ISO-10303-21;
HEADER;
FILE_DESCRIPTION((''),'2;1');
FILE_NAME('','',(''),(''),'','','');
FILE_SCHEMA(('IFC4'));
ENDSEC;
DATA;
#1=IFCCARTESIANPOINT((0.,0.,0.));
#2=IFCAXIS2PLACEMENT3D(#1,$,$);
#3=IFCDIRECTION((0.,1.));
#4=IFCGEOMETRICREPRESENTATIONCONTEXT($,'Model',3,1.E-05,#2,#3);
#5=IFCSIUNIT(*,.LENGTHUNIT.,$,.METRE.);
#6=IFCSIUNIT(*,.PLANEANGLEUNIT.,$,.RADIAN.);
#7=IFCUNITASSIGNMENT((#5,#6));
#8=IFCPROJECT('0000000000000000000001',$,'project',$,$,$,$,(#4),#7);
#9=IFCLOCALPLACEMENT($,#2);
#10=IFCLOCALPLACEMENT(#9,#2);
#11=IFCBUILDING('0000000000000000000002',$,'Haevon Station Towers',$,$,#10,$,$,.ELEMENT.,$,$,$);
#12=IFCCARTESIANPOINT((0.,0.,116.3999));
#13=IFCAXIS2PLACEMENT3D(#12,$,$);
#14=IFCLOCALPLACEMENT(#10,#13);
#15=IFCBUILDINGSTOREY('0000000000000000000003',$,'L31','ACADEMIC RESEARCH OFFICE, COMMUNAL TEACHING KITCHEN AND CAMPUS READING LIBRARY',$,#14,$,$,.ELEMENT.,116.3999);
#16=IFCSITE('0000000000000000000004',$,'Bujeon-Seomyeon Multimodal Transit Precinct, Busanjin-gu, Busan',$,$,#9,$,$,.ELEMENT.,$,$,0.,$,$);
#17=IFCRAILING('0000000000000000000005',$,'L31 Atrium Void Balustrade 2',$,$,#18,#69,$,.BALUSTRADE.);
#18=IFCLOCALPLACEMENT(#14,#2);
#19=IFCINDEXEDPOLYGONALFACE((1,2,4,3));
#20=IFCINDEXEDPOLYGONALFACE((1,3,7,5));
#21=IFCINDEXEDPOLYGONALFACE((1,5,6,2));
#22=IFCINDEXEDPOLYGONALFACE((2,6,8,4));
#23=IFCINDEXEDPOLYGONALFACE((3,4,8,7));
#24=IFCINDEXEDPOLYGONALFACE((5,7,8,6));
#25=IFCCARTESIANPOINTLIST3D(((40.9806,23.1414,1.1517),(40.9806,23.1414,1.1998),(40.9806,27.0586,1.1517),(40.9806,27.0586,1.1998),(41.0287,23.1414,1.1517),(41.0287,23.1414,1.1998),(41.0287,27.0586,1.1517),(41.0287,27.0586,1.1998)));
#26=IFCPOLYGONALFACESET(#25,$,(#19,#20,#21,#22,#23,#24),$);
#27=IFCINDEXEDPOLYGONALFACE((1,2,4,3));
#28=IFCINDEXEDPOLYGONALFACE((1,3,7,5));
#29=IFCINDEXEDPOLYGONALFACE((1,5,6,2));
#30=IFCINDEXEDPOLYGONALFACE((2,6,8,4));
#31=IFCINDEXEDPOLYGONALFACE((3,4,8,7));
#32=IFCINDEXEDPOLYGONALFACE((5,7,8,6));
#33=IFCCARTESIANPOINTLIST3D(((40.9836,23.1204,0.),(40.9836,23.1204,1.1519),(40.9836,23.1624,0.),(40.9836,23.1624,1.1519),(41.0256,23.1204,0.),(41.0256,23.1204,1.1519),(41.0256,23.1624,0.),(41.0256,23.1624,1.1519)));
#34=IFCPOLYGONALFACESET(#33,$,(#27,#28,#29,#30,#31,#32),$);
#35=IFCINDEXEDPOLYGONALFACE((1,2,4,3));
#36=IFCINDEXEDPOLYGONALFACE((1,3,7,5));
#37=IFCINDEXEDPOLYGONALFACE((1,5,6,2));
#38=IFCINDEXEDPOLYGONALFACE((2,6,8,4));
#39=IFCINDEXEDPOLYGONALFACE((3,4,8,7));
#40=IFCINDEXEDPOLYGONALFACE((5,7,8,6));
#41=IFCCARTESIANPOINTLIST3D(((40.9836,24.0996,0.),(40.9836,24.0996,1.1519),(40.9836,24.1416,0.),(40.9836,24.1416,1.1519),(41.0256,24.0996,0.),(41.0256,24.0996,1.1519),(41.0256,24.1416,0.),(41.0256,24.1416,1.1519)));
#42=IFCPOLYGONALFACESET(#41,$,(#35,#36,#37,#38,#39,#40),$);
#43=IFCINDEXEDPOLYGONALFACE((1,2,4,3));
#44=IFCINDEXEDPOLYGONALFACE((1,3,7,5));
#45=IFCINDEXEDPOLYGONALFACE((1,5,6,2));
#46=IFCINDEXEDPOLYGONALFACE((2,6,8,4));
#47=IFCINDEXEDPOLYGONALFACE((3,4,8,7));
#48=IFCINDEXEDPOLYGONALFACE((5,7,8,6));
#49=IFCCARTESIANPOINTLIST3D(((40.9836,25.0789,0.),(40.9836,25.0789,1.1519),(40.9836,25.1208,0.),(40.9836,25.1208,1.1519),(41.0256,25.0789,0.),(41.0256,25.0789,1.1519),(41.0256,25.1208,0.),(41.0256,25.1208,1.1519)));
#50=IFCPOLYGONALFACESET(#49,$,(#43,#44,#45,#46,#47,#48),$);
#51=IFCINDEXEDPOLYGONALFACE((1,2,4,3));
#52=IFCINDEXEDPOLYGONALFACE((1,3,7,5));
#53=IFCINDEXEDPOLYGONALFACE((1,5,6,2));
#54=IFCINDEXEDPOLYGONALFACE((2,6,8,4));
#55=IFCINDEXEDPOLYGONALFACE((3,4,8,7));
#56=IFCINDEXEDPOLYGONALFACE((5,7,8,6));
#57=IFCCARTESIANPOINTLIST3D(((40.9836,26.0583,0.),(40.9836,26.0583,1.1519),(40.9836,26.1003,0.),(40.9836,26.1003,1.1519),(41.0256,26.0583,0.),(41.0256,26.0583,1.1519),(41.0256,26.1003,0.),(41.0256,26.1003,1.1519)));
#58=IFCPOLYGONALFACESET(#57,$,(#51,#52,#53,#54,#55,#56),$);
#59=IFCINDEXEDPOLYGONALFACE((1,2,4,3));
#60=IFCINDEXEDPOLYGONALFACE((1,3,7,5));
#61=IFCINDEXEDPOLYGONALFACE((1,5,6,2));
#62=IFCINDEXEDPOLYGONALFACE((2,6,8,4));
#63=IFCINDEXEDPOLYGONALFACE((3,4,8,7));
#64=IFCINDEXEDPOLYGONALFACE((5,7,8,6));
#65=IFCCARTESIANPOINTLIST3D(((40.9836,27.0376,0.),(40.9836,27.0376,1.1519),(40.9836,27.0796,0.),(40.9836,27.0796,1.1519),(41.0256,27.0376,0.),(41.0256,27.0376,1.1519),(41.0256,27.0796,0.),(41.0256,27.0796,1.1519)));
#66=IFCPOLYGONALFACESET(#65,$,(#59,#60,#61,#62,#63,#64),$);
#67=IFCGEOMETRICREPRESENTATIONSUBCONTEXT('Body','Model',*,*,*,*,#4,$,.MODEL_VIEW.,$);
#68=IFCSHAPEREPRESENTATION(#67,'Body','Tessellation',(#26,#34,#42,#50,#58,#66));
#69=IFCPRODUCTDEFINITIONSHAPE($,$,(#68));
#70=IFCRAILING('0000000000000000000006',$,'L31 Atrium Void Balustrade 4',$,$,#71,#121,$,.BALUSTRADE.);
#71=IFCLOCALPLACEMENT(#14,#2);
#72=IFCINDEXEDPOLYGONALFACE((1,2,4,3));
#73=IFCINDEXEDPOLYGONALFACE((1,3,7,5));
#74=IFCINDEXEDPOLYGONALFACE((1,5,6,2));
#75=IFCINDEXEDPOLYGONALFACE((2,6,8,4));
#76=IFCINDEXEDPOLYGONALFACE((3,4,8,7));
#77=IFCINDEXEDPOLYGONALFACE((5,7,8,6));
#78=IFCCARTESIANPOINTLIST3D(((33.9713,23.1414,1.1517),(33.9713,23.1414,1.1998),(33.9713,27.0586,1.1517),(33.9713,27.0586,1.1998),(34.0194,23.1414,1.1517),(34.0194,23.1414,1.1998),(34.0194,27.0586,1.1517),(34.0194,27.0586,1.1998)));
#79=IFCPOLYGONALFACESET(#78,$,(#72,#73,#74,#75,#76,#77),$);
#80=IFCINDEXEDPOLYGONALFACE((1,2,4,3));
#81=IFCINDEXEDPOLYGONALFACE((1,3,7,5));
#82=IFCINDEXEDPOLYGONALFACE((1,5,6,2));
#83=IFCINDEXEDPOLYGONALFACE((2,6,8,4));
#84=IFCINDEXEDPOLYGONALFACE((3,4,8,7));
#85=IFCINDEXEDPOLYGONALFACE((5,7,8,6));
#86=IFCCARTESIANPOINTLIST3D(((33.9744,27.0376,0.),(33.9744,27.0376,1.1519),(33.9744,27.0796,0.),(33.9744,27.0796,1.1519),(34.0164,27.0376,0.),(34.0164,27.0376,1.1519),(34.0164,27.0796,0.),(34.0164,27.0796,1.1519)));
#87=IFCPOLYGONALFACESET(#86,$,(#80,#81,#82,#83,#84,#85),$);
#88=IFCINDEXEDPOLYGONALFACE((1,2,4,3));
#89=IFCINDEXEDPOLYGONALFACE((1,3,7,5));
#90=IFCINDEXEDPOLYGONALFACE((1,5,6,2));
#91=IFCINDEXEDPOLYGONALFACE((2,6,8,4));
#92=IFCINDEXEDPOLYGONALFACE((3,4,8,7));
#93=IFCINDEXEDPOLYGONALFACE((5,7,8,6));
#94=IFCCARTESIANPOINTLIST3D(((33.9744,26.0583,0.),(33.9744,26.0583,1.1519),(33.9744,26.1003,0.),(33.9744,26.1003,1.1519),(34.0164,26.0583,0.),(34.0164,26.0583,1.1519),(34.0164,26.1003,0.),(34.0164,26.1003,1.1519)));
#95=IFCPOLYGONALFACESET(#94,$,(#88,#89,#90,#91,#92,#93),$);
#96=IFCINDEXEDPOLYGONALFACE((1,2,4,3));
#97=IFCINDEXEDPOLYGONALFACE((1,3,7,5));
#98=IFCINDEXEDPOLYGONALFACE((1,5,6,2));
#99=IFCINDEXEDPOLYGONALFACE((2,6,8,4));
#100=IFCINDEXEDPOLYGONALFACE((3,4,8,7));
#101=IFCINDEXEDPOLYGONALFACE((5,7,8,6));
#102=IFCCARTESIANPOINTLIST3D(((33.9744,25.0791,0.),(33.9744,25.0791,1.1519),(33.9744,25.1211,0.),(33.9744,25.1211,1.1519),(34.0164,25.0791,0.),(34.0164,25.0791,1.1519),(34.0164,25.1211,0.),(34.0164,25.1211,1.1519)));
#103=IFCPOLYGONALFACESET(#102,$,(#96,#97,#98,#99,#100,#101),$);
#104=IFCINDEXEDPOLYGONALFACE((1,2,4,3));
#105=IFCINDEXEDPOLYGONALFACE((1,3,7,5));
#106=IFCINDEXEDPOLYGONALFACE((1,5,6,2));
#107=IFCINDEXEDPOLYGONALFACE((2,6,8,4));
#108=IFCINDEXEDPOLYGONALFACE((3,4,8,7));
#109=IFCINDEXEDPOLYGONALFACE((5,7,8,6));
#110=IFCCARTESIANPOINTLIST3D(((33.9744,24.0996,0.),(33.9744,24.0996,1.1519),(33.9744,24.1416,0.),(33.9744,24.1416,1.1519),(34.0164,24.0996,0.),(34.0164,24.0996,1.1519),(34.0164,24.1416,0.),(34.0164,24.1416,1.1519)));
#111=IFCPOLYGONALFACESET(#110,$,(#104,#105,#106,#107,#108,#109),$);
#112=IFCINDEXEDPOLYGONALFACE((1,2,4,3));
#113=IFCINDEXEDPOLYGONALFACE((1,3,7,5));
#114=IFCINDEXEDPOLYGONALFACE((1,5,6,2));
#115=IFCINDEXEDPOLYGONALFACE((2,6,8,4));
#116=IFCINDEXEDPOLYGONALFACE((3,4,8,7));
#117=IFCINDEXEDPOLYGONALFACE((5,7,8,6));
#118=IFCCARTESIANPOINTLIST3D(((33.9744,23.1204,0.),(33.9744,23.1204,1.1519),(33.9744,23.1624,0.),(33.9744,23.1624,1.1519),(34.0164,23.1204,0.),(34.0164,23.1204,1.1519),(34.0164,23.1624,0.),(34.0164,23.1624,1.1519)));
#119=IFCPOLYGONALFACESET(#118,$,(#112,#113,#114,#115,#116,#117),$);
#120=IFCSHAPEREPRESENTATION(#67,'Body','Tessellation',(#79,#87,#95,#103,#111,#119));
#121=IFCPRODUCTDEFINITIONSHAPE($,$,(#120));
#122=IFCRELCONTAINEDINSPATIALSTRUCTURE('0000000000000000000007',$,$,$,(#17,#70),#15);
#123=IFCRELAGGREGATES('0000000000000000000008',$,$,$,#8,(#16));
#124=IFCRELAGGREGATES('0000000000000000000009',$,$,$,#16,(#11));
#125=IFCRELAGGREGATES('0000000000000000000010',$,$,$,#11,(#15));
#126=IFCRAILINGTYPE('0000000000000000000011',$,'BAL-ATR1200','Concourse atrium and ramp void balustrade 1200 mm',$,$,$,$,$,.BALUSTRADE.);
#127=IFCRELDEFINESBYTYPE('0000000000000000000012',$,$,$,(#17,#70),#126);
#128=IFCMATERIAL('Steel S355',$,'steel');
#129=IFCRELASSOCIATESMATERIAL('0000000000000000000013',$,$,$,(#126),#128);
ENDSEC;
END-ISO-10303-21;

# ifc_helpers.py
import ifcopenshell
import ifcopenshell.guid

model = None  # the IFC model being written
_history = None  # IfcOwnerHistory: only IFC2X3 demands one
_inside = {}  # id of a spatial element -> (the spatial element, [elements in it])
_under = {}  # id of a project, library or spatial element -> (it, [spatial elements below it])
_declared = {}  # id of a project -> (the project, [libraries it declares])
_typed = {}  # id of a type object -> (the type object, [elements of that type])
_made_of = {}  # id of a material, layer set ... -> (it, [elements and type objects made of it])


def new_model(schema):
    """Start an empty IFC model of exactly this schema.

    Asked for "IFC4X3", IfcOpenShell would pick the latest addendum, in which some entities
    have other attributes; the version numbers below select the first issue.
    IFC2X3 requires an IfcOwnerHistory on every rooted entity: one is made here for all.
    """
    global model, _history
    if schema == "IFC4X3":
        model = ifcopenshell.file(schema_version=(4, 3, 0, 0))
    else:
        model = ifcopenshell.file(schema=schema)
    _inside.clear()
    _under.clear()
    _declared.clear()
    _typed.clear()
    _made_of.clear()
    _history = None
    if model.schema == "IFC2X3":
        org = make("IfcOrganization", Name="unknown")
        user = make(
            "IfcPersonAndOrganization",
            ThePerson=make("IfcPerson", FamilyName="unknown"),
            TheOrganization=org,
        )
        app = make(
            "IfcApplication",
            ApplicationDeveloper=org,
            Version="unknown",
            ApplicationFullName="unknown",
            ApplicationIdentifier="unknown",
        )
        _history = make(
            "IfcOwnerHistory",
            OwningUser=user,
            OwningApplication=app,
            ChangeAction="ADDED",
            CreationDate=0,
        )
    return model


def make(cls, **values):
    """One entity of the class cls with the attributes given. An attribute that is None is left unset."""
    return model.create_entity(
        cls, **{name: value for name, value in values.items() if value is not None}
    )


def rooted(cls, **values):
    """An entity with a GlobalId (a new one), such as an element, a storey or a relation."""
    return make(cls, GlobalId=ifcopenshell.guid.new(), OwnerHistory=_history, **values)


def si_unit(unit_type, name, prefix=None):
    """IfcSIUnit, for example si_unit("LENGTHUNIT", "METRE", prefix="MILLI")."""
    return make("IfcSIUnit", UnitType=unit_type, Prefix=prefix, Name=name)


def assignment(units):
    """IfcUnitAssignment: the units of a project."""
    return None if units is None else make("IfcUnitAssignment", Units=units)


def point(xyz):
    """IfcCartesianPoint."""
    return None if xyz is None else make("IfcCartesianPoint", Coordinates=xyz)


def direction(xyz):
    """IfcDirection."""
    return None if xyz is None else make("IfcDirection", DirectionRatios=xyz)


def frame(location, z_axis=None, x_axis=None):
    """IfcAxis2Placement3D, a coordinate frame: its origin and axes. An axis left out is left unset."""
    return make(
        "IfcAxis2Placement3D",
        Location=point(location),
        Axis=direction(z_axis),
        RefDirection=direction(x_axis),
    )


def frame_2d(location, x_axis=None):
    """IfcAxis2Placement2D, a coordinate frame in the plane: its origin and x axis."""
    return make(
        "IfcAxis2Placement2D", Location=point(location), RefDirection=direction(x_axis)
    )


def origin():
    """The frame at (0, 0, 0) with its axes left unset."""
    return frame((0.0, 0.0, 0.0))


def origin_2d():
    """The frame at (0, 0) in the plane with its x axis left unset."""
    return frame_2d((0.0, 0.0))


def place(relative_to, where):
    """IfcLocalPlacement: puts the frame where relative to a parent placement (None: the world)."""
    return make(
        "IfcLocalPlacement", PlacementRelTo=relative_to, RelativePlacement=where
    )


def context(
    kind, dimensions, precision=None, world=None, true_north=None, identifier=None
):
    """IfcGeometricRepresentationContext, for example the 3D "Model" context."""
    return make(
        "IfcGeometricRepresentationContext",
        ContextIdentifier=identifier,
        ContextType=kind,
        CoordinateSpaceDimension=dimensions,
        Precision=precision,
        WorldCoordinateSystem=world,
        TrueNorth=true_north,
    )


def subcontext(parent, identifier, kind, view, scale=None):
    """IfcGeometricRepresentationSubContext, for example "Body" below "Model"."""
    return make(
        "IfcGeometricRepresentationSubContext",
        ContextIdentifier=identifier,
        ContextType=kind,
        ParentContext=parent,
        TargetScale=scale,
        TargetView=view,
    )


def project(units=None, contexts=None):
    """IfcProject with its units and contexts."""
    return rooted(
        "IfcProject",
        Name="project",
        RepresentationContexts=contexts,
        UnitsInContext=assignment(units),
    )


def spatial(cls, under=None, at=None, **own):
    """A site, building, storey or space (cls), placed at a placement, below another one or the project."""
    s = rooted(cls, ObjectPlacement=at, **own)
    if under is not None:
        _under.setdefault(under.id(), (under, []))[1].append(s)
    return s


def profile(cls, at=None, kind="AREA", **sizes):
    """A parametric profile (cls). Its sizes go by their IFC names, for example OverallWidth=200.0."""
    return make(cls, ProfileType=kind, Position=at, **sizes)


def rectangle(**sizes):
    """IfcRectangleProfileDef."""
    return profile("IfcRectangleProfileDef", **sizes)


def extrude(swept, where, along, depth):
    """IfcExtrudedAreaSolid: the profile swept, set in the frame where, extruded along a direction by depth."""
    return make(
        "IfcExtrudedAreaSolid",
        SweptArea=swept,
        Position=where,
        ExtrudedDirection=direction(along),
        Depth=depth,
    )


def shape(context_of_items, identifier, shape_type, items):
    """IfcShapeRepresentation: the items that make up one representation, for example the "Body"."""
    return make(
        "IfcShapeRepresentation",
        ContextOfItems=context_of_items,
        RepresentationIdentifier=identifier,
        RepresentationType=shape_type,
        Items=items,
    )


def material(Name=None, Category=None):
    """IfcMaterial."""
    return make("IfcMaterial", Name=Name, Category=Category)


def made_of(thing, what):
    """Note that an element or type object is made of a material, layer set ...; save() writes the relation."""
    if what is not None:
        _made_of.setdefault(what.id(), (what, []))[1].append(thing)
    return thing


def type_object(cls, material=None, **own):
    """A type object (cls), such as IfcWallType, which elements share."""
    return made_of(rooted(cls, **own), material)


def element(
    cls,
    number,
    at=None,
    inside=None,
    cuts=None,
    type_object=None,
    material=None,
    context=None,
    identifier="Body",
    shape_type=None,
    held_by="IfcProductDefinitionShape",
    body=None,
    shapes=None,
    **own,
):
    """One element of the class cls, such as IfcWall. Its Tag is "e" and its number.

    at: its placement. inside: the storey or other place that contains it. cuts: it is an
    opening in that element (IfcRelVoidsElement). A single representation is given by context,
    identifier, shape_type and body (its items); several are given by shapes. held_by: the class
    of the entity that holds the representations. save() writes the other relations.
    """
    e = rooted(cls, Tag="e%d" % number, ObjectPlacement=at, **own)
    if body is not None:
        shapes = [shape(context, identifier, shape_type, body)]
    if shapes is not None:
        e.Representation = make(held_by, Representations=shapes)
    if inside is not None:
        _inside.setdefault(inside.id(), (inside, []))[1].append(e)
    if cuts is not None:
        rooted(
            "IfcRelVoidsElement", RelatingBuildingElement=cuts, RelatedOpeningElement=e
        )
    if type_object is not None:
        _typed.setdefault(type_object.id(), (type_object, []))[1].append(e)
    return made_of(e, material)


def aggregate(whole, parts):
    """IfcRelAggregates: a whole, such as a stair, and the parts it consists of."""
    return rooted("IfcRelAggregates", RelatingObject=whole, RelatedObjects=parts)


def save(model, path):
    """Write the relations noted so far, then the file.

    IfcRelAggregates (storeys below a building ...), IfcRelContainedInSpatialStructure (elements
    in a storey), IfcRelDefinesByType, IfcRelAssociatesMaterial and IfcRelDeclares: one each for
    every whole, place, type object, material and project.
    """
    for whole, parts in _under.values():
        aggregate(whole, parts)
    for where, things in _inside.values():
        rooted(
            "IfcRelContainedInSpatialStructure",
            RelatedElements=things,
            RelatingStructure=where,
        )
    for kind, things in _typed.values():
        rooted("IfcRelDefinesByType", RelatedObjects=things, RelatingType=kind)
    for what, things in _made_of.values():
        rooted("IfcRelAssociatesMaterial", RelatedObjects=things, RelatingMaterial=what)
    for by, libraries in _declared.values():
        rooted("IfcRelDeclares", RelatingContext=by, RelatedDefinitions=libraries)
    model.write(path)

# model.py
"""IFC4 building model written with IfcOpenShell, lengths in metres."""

from ifc_helpers import new_model, si_unit, direction, frame, origin, origin_2d, place, context, subcontext, project, spatial, rectangle, extrude, material, type_object, element, save


model = new_model("IFC4")

# Units and contexts
model_context = context("Model", 3, precision=1e-05, world=origin(), true_north=direction((0.0, 1.0)))
body_context = subcontext(model_context, "Body", "Model", "MODEL_VIEW")
ifc_project = project(units=[si_unit("LENGTHUNIT", "METRE"), si_unit("PLANEANGLEUNIT", "RADIAN")], contexts=[model_context])

# Site, building, storey
site_placement = place(None, origin())
site = spatial("IfcSite", under=ifc_project, at=site_placement, Name="Bujeon-Seomyeon Multimodal Transit Precinct, Busanjin-gu, Busan", CompositionType="ELEMENT", RefElevation=0.0)
building_placement = place(site_placement, origin())
building = spatial("IfcBuilding", under=site, at=building_placement, Name="Haevon Station Towers", CompositionType="ELEMENT")
storey_placement = place(building_placement, frame((0.0, 0.0, 116.3999)))
storey = spatial("IfcBuildingStorey", under=building, at=storey_placement, Name="L31", Description="ACADEMIC RESEARCH OFFICE, COMMUNAL TEACHING KITCHEN AND CAMPUS READING LIBRARY", CompositionType="ELEMENT", Elevation=116.3999)

# Shared definitions
ifc_material_1 = material(Name="Steel S355", Category="steel")

# Railings
railing_type = type_object("IfcRailingType", Name="BAL-ATR1200", Description="Concourse atrium and ramp void balustrade 1200 mm", PredefinedType="BALUSTRADE", material=ifc_material_1)
railing_1_placement = place(storey_placement, frame((41.0046, 23.1414, 0.0)))
element("IfcRailing", 1, at=railing_1_placement, inside=storey, type_object=railing_type, Name="L31 Atrium Void Balustrade 2", PredefinedType="BALUSTRADE", context=body_context, shape_type="SweptSolid", body=[
    extrude(rectangle(XDim=0.0481, YDim=0.0481, at=origin_2d()), frame((0.0, 0.0, 1.1758), z_axis=(0.0, 1.0, 0.0), x_axis=(-1.0, 0.0, 0.0)), (0.0, 0.0, 1.0), 3.9172),
    extrude(rectangle(XDim=0.042, YDim=0.042, at=origin_2d()), origin(), (0.0, 0.0, 1.0), 1.1519),
    extrude(rectangle(XDim=0.042, YDim=0.042, at=origin_2d()), frame((0.0, 0.9792, 0.0)), (0.0, 0.0, 1.0), 1.1519),
    extrude(rectangle(XDim=0.042, YDim=0.042, at=origin_2d()), frame((0.0, 1.9585, 0.0)), (0.0, 0.0, 1.0), 1.1519),
    extrude(rectangle(XDim=0.042, YDim=0.042, at=origin_2d()), frame((0.0, 2.938, 0.0)), (0.0, 0.0, 1.0), 1.1519),
    extrude(rectangle(XDim=0.042, YDim=0.042, at=origin_2d()), frame((0.0, 3.9172, 0.0)), (0.0, 0.0, 1.0), 1.1519),
])
railing_2_placement = place(storey_placement, frame((33.9954, 27.0586, 0.0)))
element("IfcRailing", 2, at=railing_2_placement, inside=storey, type_object=railing_type, Name="L31 Atrium Void Balustrade 4", PredefinedType="BALUSTRADE", context=body_context, shape_type="SweptSolid", body=[
    extrude(rectangle(XDim=0.0481, YDim=0.0481, at=origin_2d()), frame((0.0, 0.0, 1.1758), z_axis=(0.0, -1.0, 0.0), x_axis=(1.0, 0.0, 0.0)), (0.0, 0.0, 1.0), 3.9172),
    extrude(rectangle(XDim=0.042, YDim=0.042, at=origin_2d()), origin(), (0.0, 0.0, 1.0), 1.1519),
    extrude(rectangle(XDim=0.042, YDim=0.042, at=origin_2d()), frame((0.0, -0.9792, 0.0)), (0.0, 0.0, 1.0), 1.1519),
    extrude(rectangle(XDim=0.042, YDim=0.042, at=origin_2d()), frame((0.0, -1.9585, 0.0)), (0.0, 0.0, 1.0), 1.1519),
    extrude(rectangle(XDim=0.042, YDim=0.042, at=origin_2d()), frame((0.0, -2.938, 0.0)), (0.0, 0.0, 1.0), 1.1519),
    extrude(rectangle(XDim=0.042, YDim=0.042, at=origin_2d()), frame((0.0, -3.9172, 0.0)), (0.0, 0.0, 1.0), 1.1519),
])

save(model, "model.ifc")
